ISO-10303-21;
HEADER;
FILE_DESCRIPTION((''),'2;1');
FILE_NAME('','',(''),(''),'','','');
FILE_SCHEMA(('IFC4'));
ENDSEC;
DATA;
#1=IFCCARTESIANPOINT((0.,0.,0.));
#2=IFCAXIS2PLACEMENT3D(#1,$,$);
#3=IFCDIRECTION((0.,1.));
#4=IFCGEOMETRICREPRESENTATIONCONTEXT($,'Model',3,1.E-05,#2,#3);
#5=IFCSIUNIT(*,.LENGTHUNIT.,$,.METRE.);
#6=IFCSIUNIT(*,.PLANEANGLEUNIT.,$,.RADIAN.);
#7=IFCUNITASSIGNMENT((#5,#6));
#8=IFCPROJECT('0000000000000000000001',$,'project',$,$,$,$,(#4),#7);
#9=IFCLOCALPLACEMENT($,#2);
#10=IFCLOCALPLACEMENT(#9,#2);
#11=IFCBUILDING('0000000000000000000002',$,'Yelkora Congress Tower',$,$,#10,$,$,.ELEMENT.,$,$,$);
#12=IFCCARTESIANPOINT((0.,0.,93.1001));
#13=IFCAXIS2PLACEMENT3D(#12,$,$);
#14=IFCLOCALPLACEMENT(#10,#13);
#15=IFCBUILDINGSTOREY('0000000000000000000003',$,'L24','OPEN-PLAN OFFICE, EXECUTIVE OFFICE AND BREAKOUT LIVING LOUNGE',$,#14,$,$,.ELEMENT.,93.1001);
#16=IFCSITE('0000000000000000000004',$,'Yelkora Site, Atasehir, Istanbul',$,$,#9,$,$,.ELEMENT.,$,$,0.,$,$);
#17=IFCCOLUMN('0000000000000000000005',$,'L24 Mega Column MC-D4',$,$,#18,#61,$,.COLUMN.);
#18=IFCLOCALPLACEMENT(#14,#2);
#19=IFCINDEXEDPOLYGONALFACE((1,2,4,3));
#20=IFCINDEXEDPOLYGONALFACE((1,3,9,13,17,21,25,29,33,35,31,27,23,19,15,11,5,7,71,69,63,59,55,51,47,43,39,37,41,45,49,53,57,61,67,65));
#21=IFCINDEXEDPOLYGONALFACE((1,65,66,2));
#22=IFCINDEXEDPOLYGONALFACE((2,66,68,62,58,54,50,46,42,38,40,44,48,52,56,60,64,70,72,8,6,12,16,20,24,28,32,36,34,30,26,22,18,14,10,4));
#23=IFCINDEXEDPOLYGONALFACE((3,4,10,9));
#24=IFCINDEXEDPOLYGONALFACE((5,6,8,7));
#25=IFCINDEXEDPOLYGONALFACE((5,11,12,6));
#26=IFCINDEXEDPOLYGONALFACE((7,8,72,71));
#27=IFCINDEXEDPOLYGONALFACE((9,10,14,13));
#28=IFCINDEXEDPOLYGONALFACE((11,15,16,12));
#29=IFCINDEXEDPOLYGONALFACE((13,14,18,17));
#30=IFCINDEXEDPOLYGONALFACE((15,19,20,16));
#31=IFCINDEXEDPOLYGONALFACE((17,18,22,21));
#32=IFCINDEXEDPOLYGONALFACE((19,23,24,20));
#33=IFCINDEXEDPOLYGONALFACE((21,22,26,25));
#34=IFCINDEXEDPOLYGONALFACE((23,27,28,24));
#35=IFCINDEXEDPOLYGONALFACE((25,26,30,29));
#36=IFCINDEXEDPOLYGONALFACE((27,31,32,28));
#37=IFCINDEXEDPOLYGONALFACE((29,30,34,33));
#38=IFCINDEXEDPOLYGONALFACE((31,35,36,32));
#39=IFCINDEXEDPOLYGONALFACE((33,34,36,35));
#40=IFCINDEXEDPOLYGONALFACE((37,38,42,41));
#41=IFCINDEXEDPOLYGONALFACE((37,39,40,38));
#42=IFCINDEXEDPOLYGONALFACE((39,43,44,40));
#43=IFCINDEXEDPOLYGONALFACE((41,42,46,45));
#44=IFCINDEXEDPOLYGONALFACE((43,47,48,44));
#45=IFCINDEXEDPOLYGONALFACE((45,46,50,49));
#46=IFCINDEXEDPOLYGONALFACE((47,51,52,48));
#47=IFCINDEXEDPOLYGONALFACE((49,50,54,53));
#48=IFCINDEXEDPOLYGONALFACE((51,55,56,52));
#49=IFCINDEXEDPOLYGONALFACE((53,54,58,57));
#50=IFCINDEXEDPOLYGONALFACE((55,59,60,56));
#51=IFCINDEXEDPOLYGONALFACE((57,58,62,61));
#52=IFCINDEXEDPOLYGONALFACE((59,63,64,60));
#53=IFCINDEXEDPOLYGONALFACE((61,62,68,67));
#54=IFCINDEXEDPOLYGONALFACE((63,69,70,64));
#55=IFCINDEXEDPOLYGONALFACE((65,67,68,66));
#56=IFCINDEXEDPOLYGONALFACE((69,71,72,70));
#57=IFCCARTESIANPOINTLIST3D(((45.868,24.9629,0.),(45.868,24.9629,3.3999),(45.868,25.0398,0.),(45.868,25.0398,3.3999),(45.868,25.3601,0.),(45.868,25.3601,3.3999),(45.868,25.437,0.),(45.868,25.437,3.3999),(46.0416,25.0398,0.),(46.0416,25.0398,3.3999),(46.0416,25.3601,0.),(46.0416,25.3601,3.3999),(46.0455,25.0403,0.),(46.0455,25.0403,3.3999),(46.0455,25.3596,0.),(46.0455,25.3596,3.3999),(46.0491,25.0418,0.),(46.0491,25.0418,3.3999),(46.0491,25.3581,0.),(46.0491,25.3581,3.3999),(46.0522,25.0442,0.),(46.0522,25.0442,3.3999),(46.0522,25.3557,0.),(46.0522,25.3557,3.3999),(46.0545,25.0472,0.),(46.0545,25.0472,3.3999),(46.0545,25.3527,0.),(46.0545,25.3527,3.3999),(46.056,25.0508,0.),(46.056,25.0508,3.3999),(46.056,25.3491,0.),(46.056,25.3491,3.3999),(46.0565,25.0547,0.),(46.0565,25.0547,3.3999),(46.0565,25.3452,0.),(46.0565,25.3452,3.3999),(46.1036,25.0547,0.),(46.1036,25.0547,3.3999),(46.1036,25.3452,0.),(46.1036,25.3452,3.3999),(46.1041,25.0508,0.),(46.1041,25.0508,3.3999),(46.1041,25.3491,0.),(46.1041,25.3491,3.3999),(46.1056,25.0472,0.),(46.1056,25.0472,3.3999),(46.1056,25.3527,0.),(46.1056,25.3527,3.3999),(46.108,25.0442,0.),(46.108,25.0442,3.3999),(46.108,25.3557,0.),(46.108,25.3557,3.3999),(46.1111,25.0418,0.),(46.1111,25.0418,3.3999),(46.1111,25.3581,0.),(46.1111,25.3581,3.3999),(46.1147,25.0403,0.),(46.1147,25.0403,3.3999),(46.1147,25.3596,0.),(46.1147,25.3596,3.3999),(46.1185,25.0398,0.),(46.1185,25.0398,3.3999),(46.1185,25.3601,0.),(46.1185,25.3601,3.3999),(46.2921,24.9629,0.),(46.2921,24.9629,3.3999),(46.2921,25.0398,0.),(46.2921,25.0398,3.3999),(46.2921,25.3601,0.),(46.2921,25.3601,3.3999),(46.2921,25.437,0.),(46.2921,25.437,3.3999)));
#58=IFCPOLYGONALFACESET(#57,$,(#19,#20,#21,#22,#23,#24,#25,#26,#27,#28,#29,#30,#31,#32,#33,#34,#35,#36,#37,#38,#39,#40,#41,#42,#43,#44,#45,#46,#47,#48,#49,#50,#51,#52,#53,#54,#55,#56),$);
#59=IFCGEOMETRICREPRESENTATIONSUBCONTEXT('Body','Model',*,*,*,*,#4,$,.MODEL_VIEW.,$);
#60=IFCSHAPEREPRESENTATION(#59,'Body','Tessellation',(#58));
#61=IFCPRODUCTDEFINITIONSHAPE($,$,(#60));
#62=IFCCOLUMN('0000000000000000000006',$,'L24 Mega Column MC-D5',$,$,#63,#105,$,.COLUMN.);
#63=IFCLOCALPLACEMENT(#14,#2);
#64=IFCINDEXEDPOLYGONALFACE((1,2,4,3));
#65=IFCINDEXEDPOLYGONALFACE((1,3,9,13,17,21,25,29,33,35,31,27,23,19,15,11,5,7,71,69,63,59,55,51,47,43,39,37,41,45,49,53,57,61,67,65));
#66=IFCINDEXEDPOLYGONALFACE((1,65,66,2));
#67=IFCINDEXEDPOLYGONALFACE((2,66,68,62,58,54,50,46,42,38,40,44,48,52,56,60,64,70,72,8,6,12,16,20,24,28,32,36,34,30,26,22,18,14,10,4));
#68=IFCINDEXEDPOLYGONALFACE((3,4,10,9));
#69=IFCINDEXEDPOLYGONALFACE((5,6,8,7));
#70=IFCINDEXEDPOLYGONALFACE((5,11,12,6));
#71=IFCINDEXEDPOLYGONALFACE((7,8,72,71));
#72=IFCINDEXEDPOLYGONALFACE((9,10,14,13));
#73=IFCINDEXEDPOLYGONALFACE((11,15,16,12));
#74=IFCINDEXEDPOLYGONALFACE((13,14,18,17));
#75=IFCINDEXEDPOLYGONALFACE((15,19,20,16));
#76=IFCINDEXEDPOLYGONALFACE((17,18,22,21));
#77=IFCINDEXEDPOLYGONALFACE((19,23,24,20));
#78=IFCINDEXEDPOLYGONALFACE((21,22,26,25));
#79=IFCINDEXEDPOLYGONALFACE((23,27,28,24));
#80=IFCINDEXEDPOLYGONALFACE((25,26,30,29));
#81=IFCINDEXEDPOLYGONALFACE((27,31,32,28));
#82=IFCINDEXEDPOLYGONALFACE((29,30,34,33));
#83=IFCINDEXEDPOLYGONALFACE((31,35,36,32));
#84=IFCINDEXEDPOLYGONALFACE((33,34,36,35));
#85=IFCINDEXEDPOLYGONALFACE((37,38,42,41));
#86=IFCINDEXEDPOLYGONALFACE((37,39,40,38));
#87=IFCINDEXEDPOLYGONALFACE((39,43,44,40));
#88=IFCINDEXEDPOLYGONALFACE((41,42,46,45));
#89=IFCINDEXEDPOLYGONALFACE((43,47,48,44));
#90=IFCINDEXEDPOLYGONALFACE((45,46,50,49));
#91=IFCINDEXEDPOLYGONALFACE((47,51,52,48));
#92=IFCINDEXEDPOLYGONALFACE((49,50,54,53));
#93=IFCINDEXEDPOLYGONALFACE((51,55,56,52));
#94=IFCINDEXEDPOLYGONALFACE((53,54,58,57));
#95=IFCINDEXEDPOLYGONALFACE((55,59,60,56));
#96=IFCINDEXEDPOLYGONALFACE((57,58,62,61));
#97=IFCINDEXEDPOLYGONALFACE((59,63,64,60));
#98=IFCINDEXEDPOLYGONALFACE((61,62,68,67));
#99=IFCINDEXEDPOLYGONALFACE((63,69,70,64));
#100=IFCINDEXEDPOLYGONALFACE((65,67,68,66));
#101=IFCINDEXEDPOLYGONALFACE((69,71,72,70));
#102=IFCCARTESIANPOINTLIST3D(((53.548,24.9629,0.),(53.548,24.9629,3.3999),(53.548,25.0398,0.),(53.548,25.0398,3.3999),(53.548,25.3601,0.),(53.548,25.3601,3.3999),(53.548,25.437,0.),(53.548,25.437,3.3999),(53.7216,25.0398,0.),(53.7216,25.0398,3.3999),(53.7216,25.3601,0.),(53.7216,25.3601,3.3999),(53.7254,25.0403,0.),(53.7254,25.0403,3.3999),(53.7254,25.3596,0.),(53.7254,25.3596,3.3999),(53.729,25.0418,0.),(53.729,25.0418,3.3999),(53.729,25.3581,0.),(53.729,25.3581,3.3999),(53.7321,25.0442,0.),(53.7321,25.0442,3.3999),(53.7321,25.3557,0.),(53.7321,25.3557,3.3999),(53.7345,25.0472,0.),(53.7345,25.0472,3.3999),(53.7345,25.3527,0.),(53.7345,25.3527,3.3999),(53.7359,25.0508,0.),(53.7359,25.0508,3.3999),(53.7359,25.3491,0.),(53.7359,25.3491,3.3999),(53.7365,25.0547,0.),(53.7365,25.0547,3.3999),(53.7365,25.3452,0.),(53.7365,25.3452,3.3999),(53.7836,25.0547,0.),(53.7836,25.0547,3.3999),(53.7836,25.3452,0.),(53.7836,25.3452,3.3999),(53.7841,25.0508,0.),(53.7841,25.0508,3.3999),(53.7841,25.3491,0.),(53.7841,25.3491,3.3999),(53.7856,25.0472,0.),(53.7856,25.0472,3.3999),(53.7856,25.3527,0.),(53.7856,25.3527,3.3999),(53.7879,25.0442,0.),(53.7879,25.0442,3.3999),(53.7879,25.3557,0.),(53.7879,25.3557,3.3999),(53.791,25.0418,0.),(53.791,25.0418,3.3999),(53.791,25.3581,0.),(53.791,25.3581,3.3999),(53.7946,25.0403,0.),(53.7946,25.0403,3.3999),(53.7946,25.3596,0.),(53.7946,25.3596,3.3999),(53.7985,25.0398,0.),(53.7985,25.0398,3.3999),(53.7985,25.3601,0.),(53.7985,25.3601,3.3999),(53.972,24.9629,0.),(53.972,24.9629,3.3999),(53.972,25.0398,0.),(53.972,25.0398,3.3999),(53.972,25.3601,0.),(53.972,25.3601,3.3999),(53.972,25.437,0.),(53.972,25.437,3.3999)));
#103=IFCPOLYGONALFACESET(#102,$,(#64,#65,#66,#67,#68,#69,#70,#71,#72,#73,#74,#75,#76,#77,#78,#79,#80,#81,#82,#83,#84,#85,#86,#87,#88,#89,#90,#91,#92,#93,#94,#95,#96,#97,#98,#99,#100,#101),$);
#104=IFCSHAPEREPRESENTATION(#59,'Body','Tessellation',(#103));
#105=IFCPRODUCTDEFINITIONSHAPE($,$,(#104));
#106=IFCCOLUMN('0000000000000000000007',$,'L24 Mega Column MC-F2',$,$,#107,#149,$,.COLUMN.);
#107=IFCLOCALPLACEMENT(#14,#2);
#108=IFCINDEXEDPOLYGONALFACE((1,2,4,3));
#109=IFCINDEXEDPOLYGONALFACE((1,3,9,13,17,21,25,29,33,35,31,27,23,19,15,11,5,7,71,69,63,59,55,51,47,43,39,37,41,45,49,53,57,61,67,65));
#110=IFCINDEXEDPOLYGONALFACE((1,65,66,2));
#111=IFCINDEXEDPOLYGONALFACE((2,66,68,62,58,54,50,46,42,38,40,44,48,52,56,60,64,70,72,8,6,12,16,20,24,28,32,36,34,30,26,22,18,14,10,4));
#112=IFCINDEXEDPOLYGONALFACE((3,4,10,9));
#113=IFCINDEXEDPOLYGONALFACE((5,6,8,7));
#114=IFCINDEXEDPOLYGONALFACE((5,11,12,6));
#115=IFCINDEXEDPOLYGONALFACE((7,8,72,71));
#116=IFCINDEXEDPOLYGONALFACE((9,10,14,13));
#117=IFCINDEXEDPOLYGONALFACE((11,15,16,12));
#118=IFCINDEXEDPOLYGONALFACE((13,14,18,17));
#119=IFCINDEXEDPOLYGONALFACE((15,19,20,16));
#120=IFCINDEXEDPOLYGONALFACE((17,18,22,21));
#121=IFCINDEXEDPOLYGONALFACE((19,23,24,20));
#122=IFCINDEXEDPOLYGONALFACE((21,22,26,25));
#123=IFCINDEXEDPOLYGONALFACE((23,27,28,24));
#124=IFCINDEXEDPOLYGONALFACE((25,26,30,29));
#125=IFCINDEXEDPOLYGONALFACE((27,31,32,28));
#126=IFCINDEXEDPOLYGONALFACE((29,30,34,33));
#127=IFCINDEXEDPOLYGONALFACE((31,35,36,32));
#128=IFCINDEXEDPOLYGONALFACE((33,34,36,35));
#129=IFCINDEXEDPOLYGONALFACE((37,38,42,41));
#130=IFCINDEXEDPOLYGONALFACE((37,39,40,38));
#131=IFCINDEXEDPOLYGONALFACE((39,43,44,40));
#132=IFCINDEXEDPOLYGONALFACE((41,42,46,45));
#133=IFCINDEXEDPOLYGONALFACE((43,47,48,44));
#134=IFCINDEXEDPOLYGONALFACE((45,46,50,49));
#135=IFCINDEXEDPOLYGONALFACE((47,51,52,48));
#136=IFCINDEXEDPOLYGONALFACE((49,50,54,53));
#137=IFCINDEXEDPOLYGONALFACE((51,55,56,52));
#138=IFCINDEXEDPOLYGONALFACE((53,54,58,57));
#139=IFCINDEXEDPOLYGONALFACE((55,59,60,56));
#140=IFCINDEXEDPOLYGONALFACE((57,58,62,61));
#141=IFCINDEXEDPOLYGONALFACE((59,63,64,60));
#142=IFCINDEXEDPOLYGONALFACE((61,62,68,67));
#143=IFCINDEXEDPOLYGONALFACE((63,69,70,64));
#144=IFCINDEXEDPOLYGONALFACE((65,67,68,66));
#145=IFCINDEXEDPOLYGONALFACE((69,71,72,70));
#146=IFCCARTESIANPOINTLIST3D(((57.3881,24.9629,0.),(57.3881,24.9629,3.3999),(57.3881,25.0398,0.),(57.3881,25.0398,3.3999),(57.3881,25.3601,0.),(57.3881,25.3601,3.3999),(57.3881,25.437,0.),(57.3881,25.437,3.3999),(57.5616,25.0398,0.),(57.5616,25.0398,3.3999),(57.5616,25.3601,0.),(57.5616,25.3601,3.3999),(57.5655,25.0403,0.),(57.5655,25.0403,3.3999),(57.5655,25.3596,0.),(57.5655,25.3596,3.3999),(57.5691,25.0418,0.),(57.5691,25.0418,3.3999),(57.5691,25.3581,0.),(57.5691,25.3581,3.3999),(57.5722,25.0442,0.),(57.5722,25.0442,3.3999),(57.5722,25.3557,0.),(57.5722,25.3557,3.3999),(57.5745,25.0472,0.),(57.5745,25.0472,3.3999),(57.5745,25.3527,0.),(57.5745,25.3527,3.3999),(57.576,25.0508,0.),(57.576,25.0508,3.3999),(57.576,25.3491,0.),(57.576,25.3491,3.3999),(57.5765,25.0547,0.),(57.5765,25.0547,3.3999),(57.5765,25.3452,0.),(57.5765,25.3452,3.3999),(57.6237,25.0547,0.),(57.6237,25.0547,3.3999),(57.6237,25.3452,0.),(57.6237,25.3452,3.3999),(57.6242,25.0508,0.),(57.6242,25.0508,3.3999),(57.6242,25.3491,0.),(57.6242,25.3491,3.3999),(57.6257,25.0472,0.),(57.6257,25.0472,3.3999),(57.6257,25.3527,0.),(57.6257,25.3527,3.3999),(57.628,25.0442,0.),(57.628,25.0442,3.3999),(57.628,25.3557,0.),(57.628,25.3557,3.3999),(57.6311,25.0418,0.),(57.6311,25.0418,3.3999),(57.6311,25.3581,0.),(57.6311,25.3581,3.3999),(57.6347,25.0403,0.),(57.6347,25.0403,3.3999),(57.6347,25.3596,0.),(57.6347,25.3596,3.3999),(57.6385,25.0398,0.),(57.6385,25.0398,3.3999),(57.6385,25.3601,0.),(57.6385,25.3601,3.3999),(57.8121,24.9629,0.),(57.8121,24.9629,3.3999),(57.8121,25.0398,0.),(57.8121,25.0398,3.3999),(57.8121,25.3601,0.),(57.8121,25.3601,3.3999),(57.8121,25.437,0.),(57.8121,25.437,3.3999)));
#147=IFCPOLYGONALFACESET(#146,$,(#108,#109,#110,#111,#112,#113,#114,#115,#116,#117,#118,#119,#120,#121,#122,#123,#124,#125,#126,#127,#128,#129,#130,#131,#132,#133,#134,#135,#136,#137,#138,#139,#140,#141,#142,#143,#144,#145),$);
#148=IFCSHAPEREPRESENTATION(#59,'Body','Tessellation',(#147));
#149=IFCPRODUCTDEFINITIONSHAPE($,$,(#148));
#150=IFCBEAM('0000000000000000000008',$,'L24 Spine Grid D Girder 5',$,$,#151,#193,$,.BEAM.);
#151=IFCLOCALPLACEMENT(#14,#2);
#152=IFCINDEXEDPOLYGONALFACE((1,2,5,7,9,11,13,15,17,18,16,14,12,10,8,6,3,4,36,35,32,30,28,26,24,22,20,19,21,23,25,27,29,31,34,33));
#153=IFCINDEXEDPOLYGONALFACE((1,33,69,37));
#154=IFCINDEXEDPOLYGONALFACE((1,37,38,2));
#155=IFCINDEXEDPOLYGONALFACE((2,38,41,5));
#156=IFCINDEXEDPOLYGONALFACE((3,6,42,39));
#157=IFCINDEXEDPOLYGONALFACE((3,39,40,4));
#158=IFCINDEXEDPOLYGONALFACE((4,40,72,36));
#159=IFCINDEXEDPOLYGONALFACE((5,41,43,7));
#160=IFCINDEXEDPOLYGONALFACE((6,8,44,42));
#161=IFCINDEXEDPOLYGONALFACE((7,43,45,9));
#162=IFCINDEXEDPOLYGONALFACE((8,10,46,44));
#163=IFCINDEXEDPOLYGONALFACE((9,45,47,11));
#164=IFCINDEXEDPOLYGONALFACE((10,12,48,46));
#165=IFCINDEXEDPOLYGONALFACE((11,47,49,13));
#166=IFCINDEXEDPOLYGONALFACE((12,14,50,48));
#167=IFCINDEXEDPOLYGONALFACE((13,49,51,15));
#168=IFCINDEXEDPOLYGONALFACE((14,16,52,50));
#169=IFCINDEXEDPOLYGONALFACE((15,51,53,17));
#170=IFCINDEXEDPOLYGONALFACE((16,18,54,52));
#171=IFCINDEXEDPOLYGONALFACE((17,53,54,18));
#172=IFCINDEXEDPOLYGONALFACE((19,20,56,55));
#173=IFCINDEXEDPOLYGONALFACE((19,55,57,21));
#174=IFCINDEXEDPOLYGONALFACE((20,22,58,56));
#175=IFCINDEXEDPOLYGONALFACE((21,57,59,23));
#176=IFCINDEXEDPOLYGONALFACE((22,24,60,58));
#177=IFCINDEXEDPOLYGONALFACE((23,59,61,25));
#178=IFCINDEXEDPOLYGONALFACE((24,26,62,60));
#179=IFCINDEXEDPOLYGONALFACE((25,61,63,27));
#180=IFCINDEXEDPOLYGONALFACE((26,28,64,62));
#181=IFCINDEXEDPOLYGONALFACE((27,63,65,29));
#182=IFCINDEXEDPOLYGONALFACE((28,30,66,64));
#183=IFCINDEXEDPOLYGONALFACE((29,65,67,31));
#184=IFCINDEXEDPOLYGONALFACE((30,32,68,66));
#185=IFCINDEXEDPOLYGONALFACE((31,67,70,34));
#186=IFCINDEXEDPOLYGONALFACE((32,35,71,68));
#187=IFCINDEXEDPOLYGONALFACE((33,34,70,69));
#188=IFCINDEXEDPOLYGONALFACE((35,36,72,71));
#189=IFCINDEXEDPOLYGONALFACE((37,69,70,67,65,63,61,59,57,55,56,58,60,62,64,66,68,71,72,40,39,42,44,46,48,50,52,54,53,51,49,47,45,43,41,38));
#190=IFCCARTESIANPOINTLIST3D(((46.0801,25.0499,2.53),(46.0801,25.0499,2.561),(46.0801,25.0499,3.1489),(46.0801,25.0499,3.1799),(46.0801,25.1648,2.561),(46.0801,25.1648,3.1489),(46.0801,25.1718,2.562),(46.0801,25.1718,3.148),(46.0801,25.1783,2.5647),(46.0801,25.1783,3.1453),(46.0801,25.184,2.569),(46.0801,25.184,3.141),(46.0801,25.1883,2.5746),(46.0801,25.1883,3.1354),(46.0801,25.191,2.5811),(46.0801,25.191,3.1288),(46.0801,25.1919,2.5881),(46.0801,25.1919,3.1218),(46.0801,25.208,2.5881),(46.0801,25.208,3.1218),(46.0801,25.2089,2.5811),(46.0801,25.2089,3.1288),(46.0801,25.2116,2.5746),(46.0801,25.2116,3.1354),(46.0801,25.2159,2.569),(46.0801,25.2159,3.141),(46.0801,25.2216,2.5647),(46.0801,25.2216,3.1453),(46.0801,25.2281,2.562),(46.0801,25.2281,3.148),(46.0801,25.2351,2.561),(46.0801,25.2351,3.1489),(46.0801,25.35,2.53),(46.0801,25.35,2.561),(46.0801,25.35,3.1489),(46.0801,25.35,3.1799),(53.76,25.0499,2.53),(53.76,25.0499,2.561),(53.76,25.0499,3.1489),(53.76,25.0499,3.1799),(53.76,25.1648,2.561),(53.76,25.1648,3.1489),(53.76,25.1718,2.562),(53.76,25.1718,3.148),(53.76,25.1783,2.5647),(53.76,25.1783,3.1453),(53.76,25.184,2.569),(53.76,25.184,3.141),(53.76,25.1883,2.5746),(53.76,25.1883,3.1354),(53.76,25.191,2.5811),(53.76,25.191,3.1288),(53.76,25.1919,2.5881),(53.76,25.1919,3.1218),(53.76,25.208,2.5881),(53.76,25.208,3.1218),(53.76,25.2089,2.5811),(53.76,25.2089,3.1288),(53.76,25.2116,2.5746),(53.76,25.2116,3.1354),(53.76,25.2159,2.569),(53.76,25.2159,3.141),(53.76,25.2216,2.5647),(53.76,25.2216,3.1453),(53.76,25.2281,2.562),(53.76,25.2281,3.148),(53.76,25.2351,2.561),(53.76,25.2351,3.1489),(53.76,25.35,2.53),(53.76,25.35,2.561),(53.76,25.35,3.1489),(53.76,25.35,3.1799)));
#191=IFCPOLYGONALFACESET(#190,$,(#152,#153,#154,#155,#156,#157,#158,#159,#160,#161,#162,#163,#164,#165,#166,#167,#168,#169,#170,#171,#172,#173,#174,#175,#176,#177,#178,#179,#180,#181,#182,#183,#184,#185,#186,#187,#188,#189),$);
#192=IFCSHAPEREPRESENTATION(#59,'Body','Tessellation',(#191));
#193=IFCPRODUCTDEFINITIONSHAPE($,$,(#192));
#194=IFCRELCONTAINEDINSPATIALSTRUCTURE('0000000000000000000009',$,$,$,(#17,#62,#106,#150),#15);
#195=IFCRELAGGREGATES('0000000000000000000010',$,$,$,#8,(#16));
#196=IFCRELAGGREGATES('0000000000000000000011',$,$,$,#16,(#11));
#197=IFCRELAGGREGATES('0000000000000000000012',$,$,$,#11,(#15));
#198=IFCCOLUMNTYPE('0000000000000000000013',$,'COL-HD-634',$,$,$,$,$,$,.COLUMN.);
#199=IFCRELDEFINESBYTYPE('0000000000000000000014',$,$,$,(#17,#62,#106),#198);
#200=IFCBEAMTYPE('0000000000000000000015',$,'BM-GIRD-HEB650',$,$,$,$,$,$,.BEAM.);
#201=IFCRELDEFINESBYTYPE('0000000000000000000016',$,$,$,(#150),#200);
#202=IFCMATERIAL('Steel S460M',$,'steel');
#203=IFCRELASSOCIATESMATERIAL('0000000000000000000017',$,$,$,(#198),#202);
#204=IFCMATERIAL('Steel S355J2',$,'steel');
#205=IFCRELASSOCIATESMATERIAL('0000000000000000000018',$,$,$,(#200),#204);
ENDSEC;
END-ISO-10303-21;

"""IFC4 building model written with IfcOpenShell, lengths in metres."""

from ifc_helpers import new_model, si_unit, direction, frame, origin, origin_2d, place, context, subcontext, project, spatial, i_section, extrude, material, material_profile, profile_set, type_object, element, save


model = new_model("IFC4")

# Units and contexts
model_context = context("Model", 3, precision=1e-05, world=origin(), true_north=direction((0.0, 1.0)))
body_context = subcontext(model_context, "Body", "Model", "MODEL_VIEW")
ifc_project = project(units=[si_unit("LENGTHUNIT", "METRE"), si_unit("PLANEANGLEUNIT", "RADIAN")], contexts=[model_context])

# Site, building, storey
site_placement = place(None, origin())
site = spatial("IfcSite", under=ifc_project, at=site_placement, Name="Yelkora Site, Atasehir, Istanbul", CompositionType="ELEMENT", RefElevation=0.0)
building_placement = place(site_placement, origin())
building = spatial("IfcBuilding", under=site, at=building_placement, Name="Yelkora Congress Tower", CompositionType="ELEMENT")
storey_placement = place(building_placement, frame((0.0, 0.0, 93.1001)))
storey = spatial("IfcBuildingStorey", under=building, at=storey_placement, Name="L24", Description="OPEN-PLAN OFFICE, EXECUTIVE OFFICE AND BREAKOUT LIVING LOUNGE", CompositionType="ELEMENT", Elevation=93.1001)

# Columns
ifc_material_1 = material(Name="Steel S460M", Category="steel")
ifc_material_profile_1 = material_profile(ifc_material_1, i_section(OverallWidth=0.4241, OverallDepth=0.4741, WebThickness=0.0471, FlangeThickness=0.0769, FilletRadius=0.0149, at=origin_2d()), Name="HD 400x634")
ifc_profile_set_1 = profile_set([ifc_material_profile_1], Name="Steel S460M")
column_type = type_object("IfcColumnType", Name="COL-HD-634", PredefinedType="COLUMN", material=ifc_profile_set_1)
for number, where, z_axis, x_axis, name in (
    (1, (46.0801, 25.2, 0.0), (0.0, 0.0, 1.0), (1.0, 0.0, 0.0), "L24 Mega Column MC-D4"),
    (2, (53.76, 25.2, 0.0), (0.0, 0.0, 1.0), (1.0, 0.0, 0.0), "L24 Mega Column MC-D5"),
    (3, (57.6001, 25.2, 0.0), (0.0, 0.0, 1.0), (1.0, 0.0, 0.0), "L24 Mega Column MC-F2"),
):
    element("IfcColumn", number, at=place(storey_placement, frame(where, z_axis=z_axis, x_axis=x_axis)), inside=storey, type_object=column_type, Name=name, PredefinedType="COLUMN", context=body_context, shape_type="SweptSolid", body=[
        extrude(i_section(OverallWidth=0.4241, OverallDepth=0.4741, WebThickness=0.0471, FlangeThickness=0.0769, FilletRadius=0.0149, at=origin_2d()), origin(), (0.0, 0.0, 1.0), 3.3999),
    ])

# Beam
ifc_material_2 = material(Name="Steel S355J2", Category="steel")
ifc_material_profile_2 = material_profile(ifc_material_2, i_section(OverallWidth=0.3, OverallDepth=0.6499, WebThickness=0.0161, FlangeThickness=0.031, FilletRadius=0.0271, at=origin_2d()), Name="HEB 650")
ifc_profile_set_2 = profile_set([ifc_material_profile_2], Name="Steel S355J2")
beam_type_1 = type_object("IfcBeamType", Name="BM-GIRD-HEB650", PredefinedType="BEAM", material=ifc_profile_set_2)
beam_1_placement = place(storey_placement, frame((46.0801, 25.2, 2.855), z_axis=(1.0, 0.0, 0.0), x_axis=(0.0, 1.0, 0.0)))
element("IfcBeam", 4, at=beam_1_placement, inside=storey, type_object=beam_type_1, Name="L24 Spine Grid D Girder 5", PredefinedType="BEAM", context=body_context, shape_type="SweptSolid", body=[
    extrude(i_section(OverallWidth=0.3, OverallDepth=0.6499, WebThickness=0.0161, FlangeThickness=0.031, FilletRadius=0.0271, at=origin_2d()), origin(), (0.0, 0.0, 1.0), 7.6799),
])

save(model, "model.ifc")
